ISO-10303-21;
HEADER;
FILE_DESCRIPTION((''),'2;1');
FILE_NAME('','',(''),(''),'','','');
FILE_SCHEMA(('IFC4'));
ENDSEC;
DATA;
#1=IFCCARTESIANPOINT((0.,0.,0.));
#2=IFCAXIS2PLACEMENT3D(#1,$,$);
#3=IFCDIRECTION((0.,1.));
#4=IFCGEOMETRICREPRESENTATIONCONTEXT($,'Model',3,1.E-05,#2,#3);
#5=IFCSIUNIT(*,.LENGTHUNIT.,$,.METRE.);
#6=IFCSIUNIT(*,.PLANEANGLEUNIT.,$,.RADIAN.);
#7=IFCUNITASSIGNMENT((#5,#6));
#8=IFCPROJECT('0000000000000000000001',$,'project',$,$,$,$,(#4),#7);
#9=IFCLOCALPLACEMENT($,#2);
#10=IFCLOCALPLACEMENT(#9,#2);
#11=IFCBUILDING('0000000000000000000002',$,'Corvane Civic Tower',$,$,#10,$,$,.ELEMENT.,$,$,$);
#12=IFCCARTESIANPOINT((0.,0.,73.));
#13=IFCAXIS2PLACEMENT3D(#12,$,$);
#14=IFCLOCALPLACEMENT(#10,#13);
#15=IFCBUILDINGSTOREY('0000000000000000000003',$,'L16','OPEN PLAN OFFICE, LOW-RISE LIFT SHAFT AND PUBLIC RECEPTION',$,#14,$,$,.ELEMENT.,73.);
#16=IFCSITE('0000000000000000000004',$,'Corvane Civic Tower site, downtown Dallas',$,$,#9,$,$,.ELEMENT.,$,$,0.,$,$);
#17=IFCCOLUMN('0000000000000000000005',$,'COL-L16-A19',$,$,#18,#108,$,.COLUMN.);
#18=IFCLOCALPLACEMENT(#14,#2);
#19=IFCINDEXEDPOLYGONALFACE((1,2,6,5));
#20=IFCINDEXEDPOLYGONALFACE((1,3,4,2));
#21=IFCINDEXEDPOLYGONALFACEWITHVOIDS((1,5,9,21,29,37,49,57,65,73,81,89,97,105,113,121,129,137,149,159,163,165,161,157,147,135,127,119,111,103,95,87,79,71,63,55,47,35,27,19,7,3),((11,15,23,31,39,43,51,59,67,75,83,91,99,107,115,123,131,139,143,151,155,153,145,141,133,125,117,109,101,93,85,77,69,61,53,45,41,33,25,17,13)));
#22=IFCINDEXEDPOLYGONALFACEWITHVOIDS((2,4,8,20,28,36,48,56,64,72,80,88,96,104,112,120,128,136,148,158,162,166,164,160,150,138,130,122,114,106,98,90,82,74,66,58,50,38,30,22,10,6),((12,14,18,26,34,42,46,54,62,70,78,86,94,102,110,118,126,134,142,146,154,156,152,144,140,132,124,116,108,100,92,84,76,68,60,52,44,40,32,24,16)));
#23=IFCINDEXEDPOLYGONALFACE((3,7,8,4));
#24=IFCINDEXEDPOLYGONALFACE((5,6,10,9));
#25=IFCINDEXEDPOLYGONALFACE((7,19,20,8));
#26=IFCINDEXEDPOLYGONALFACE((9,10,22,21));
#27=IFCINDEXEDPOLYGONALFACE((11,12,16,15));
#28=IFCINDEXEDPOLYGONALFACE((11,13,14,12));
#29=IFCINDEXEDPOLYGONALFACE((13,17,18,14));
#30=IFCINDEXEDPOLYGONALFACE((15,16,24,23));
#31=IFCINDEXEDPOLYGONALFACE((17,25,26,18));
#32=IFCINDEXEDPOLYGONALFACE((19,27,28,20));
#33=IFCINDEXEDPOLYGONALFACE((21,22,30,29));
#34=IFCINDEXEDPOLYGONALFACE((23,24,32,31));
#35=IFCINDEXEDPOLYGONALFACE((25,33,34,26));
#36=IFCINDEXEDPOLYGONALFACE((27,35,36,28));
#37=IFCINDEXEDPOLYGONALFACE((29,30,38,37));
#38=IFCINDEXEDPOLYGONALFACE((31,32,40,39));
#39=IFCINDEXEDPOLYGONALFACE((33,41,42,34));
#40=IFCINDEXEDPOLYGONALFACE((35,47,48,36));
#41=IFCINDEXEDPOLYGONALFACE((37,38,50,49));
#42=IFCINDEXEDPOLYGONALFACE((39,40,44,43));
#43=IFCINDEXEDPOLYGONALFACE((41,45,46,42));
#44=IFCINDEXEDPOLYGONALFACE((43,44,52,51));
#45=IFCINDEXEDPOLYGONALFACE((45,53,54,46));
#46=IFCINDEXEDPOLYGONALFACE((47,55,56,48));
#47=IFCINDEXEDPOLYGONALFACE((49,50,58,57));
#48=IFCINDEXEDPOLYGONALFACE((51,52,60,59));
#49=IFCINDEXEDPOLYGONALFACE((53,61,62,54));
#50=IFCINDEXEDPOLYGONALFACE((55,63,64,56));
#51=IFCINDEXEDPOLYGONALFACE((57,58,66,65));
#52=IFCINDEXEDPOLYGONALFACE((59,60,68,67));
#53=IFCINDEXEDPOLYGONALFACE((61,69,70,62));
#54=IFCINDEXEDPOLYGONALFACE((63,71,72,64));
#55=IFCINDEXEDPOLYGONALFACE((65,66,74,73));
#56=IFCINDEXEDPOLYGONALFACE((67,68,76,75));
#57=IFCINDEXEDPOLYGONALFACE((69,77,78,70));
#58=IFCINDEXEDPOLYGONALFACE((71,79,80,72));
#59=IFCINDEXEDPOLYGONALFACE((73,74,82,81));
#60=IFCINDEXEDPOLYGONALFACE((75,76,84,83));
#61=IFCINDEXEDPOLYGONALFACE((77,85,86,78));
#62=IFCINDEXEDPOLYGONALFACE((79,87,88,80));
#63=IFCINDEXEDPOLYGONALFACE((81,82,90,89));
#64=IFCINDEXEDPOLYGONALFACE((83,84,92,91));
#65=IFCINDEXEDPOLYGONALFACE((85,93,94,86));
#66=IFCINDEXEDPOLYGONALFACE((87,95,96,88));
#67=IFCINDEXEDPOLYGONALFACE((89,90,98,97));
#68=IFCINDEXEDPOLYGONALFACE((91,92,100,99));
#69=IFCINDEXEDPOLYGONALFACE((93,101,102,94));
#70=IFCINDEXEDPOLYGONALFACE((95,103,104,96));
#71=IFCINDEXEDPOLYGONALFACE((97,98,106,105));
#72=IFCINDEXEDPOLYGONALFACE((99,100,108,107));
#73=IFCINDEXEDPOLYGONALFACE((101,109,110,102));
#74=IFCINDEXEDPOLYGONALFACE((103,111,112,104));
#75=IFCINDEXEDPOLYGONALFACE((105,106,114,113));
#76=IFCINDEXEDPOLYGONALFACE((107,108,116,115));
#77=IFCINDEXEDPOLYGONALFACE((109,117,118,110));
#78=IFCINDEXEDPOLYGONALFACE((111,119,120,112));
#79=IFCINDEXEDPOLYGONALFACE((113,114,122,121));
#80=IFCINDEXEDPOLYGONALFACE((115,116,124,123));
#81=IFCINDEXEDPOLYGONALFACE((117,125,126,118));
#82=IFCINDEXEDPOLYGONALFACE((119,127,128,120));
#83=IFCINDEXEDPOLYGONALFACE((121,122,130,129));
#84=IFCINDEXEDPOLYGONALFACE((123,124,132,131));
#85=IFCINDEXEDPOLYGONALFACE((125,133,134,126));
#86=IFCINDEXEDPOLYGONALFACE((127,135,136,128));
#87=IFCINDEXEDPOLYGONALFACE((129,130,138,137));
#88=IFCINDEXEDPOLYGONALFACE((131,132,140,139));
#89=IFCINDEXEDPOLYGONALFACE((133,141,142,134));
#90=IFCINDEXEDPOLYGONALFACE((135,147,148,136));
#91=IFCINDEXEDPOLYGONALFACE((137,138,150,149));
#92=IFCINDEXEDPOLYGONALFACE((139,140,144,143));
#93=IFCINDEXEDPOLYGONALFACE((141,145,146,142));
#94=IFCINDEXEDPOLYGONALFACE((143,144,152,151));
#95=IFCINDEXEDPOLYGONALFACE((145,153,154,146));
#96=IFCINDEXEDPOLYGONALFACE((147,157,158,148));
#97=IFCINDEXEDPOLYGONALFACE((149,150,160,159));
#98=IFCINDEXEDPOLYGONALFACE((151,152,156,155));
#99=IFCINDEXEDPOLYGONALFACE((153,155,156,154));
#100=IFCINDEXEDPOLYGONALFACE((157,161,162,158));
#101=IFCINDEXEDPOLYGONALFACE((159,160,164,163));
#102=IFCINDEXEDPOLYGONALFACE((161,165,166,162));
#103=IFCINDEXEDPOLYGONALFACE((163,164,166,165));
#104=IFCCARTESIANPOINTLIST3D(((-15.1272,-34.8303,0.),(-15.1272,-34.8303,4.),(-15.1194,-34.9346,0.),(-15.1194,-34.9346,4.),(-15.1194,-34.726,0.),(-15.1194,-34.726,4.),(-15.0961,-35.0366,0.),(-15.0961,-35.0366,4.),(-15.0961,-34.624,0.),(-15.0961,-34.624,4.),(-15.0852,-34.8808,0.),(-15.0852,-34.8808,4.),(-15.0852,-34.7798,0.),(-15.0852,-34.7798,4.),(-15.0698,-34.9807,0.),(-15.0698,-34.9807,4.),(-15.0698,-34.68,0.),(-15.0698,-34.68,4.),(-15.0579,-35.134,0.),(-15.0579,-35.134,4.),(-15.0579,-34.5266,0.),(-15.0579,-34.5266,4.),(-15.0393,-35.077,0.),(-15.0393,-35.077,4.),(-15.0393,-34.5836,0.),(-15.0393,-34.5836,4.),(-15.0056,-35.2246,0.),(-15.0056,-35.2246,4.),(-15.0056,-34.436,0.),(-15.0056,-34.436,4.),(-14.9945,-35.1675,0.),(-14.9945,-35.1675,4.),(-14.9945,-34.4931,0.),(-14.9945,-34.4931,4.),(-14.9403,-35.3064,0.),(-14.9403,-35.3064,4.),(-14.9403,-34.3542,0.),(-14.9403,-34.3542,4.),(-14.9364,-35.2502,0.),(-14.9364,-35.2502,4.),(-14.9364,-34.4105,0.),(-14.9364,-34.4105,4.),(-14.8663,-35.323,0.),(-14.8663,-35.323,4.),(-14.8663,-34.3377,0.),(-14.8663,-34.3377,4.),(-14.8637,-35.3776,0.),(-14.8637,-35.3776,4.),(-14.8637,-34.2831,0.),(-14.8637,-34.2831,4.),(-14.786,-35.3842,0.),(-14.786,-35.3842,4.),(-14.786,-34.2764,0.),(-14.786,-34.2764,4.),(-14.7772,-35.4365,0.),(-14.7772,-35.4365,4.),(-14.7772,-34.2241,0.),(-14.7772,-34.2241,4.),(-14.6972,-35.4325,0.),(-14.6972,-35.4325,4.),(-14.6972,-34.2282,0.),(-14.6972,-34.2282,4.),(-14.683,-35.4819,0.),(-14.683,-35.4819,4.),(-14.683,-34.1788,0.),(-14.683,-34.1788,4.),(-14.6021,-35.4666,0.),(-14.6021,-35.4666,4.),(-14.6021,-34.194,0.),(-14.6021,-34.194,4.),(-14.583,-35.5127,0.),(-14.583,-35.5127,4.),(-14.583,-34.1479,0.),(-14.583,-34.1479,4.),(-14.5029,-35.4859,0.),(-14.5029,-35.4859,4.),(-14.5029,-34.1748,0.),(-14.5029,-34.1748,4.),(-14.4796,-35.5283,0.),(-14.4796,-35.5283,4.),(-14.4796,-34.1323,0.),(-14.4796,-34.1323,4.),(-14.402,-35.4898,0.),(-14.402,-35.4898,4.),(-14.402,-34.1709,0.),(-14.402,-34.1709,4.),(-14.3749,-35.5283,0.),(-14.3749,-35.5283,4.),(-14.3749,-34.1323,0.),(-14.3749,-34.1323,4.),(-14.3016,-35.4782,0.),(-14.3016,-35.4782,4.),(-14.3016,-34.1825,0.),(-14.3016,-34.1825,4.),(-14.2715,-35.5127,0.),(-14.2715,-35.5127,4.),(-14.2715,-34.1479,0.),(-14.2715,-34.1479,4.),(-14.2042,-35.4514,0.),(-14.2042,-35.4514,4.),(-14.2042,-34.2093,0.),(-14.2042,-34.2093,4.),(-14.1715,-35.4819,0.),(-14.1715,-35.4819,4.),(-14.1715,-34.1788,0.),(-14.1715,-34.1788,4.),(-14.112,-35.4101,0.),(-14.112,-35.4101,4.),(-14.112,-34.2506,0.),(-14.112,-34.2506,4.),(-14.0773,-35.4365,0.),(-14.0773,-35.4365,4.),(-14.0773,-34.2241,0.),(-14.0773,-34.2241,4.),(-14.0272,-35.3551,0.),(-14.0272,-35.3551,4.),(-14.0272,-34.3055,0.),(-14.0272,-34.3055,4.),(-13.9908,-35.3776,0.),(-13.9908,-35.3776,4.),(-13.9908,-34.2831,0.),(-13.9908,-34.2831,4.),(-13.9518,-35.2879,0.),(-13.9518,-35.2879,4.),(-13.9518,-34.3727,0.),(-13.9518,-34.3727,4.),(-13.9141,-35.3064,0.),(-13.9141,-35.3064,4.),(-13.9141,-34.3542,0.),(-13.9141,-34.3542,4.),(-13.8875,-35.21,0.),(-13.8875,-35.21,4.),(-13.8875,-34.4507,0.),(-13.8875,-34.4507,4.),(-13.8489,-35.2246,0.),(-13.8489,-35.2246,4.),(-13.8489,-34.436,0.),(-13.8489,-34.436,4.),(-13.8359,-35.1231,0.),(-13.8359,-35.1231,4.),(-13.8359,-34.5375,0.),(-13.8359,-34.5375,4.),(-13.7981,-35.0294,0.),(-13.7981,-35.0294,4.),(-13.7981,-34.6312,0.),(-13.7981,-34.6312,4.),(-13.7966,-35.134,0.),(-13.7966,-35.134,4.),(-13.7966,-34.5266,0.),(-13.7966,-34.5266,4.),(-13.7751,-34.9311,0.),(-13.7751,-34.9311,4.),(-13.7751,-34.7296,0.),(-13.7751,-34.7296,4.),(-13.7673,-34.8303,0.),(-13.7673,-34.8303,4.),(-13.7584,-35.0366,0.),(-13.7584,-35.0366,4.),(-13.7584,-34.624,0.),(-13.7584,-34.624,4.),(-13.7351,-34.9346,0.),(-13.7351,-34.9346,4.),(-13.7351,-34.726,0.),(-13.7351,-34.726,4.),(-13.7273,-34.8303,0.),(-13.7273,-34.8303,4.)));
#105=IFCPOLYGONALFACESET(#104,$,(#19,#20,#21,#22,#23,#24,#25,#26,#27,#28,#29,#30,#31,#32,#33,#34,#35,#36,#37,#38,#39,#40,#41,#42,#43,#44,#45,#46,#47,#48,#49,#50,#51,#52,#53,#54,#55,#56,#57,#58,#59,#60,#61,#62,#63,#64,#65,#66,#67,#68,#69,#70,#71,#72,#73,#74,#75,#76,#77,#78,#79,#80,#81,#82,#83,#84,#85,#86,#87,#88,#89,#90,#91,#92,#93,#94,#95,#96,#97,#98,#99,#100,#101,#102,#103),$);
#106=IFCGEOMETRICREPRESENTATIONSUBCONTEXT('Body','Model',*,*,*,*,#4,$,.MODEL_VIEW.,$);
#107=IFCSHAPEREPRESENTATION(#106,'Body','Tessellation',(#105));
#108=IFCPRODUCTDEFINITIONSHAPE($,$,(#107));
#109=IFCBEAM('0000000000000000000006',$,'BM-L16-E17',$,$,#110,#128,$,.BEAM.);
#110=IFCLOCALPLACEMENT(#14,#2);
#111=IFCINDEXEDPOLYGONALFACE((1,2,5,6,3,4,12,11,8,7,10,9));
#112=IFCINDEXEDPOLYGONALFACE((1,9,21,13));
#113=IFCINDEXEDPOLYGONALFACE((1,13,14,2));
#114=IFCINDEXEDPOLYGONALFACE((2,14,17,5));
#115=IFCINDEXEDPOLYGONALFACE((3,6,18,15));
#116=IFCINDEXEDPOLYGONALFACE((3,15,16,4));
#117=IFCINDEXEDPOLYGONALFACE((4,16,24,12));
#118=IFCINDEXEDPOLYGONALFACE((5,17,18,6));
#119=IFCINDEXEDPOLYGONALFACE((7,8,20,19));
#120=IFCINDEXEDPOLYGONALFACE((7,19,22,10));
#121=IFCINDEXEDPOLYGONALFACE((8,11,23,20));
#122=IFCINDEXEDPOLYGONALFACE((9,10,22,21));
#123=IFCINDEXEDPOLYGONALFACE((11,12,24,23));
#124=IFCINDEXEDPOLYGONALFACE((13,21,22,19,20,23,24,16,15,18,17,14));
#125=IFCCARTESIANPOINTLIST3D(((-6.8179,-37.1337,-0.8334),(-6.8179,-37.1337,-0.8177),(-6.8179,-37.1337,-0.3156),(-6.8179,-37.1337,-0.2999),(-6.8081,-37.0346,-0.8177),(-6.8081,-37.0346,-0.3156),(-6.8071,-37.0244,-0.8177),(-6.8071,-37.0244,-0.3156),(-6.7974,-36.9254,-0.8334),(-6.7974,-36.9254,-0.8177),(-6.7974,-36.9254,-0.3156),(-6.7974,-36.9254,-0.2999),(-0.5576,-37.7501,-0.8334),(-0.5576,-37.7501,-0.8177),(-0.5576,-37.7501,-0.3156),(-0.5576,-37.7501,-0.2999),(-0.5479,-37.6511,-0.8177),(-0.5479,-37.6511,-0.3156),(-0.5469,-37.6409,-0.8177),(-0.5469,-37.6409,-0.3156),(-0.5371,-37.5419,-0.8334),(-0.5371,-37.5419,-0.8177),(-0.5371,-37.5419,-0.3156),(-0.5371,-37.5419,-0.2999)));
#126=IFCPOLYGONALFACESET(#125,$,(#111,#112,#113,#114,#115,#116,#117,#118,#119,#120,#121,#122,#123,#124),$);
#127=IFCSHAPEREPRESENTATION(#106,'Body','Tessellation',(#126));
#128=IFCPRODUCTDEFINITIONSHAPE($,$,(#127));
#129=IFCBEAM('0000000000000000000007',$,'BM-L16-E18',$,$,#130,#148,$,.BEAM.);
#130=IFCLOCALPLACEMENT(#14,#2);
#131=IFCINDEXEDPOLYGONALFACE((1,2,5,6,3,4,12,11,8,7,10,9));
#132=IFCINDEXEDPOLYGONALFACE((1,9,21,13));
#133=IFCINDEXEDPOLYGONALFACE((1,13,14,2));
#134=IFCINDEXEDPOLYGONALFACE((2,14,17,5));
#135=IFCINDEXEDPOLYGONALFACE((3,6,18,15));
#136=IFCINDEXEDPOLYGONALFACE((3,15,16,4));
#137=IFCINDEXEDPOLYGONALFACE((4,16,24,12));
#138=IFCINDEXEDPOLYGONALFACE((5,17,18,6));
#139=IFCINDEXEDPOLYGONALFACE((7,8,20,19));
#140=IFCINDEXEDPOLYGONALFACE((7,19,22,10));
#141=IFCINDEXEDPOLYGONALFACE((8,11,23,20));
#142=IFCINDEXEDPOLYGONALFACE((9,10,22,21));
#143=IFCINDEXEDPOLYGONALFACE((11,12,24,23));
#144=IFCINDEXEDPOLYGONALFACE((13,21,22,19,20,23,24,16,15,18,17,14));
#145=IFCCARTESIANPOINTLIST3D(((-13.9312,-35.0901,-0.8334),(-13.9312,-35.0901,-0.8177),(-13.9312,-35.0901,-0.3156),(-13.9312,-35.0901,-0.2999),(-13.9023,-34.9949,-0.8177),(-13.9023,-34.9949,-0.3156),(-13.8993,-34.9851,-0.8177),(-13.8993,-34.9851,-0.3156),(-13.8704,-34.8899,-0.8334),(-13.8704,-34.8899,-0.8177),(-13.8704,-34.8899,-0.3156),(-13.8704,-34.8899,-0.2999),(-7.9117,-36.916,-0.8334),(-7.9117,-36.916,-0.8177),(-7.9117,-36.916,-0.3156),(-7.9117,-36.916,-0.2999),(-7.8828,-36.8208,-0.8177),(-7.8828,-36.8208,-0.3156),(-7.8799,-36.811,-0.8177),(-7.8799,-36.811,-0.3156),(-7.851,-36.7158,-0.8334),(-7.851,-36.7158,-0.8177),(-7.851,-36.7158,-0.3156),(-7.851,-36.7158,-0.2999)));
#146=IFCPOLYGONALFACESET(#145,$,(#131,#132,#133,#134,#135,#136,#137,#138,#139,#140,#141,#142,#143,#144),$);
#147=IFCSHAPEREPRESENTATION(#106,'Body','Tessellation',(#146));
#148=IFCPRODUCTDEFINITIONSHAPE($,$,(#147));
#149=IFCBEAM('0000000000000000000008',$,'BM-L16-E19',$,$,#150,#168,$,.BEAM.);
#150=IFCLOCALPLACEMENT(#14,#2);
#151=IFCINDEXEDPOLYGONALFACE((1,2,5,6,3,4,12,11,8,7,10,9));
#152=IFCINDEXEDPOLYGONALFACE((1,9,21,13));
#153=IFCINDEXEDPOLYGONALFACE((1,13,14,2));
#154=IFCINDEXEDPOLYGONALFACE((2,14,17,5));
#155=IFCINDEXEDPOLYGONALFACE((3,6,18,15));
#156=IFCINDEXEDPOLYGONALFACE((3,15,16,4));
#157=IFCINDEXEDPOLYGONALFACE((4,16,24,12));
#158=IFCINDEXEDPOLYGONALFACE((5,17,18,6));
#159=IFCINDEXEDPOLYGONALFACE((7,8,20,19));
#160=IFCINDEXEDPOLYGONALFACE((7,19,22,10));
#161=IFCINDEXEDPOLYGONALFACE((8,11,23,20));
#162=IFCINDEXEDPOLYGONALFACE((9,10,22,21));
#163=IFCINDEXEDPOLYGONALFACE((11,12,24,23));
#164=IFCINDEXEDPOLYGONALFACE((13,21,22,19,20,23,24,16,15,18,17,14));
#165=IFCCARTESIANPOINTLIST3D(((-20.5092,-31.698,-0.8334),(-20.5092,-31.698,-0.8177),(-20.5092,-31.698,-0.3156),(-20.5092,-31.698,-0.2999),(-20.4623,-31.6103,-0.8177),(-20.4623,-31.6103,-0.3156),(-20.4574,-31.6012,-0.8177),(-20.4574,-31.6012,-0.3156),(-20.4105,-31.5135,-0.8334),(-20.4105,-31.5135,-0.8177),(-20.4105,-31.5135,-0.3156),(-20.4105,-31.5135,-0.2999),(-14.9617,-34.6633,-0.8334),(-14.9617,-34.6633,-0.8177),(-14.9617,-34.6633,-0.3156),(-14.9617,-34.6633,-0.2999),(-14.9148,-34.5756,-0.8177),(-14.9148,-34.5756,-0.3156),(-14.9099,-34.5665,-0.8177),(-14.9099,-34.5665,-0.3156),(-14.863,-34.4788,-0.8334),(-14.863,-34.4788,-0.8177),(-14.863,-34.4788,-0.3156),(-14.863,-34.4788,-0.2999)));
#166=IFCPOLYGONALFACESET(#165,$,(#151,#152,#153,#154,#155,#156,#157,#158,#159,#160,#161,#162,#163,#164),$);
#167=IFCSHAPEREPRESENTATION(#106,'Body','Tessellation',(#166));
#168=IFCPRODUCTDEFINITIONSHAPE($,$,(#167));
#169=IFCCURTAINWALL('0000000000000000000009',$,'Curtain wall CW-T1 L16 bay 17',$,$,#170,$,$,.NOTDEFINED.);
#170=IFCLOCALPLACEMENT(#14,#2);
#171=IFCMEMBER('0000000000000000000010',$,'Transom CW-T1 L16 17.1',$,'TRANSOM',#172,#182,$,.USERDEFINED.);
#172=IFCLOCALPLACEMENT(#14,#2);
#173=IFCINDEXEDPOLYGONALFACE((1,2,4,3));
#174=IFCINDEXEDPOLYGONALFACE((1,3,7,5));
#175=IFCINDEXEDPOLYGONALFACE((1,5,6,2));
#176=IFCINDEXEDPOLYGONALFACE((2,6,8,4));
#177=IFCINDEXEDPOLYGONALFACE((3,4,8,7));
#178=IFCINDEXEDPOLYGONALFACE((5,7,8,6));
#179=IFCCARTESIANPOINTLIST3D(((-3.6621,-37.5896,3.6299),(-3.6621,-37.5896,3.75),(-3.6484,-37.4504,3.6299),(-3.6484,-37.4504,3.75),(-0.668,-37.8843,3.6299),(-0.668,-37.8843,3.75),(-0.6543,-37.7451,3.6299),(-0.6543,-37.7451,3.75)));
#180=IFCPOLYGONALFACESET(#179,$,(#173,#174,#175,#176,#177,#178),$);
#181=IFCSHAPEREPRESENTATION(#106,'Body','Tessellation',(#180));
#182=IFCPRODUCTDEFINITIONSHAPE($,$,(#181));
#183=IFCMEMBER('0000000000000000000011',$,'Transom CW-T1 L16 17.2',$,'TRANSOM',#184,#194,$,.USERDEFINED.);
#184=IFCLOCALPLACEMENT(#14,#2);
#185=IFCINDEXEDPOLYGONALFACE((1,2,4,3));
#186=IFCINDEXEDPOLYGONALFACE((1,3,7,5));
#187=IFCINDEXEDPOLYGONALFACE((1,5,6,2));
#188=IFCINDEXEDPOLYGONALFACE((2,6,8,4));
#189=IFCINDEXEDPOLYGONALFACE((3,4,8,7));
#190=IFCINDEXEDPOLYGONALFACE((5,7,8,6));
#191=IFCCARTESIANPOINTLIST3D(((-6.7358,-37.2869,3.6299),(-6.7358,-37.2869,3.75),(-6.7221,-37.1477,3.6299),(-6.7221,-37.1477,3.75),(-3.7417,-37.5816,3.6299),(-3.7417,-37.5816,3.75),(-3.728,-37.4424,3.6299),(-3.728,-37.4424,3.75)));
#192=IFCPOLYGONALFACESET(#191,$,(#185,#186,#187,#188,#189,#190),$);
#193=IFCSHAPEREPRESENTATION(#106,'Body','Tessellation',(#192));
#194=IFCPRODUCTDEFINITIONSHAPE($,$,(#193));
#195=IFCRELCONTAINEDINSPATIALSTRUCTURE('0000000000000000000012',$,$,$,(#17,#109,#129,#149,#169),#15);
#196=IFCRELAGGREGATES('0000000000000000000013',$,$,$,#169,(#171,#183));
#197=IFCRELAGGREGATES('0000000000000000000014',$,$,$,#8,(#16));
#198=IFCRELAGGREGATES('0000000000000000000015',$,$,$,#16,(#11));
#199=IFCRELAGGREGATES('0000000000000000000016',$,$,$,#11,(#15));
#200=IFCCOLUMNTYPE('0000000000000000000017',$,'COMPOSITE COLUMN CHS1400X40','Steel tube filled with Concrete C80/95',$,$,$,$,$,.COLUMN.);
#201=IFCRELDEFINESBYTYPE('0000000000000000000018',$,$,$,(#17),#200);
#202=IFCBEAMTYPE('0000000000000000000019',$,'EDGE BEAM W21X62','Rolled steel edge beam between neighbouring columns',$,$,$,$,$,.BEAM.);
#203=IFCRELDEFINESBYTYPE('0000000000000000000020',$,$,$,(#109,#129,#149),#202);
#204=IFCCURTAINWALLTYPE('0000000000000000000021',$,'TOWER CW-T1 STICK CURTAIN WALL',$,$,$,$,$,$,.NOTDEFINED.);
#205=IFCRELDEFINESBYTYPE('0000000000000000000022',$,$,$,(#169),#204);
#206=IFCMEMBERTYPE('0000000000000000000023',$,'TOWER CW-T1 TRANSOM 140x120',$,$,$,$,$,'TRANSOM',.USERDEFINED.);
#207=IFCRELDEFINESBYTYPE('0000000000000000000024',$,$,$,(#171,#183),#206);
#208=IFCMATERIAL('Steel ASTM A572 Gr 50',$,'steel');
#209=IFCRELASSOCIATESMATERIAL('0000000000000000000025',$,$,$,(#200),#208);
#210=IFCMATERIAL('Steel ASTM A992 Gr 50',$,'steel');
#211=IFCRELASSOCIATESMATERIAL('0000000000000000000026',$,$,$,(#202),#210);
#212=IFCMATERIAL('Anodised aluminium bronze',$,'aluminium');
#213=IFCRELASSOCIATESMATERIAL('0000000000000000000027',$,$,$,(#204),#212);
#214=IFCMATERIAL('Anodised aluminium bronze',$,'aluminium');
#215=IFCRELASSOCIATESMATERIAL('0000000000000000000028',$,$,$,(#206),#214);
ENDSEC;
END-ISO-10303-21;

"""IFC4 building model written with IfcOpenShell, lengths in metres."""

from ifc_helpers import new_model, si_unit, direction, frame, origin, origin_2d, place, context, subcontext, project, spatial, rectangle, hollow_circle, i_section, extrude, material, material_profile, profile_set, type_object, element, aggregate, save


model = new_model("IFC4")

# Units and contexts
model_context = context("Model", 3, precision=1e-05, world=origin(), true_north=direction((0.0, 1.0)))
body_context = subcontext(model_context, "Body", "Model", "MODEL_VIEW")
ifc_project = project(units=[si_unit("LENGTHUNIT", "METRE"), si_unit("PLANEANGLEUNIT", "RADIAN")], contexts=[model_context])

# Site, building, storey
site_placement = place(None, origin())
site = spatial("IfcSite", under=ifc_project, at=site_placement, Name="Corvane Civic Tower site, downtown Dallas", CompositionType="ELEMENT", RefElevation=0.0)
building_placement = place(site_placement, origin())
building = spatial("IfcBuilding", under=site, at=building_placement, Name="Corvane Civic Tower", CompositionType="ELEMENT")
storey_placement = place(building_placement, frame((0.0, 0.0, 73.0)))
storey = spatial("IfcBuildingStorey", under=building, at=storey_placement, Name="L16", Description="OPEN PLAN OFFICE, LOW-RISE LIFT SHAFT AND PUBLIC RECEPTION", CompositionType="ELEMENT", Elevation=73.0)

# Column
ifc_material_1 = material(Name="Steel ASTM A572 Gr 50", Category="steel")
ifc_material_profile_1 = material_profile(ifc_material_1, hollow_circle(Radius=0.7, WallThickness=0.04, at=origin_2d()), Name="CHS1400X40")
ifc_profile_set_1 = profile_set([ifc_material_profile_1], Name="Steel ASTM A572 Gr 50")
column_type = type_object("IfcColumnType", Name="COMPOSITE COLUMN CHS1400X40", Description="Steel tube filled with Concrete C80/95", PredefinedType="COLUMN", material=ifc_profile_set_1)
for number, where, z_axis, x_axis, name in (
    (1, (-14.4272, -34.8303, 0.0), (0.0, 0.0, 1.0), (1.0, 0.0, 0.0), "COL-L16-A19"),
):
    element("IfcColumn", number, at=place(storey_placement, frame(where, z_axis=z_axis, x_axis=x_axis)), inside=storey, type_object=column_type, Name=name, PredefinedType="COLUMN", context=body_context, shape_type="SweptSolid", body=[
        extrude(hollow_circle(Radius=0.7, WallThickness=0.04, at=origin_2d()), origin(), (0.0, 0.0, 1.0), 4.0),
    ])

# Beams
ifc_material_2 = material(Name="Steel ASTM A992 Gr 50", Category="steel")
ifc_material_profile_2 = material_profile(ifc_material_2, i_section(OverallWidth=0.2092, OverallDepth=0.5334, WebThickness=0.0103, FlangeThickness=0.0156, at=origin_2d()), Name="W21X62")
ifc_profile_set_2 = profile_set([ifc_material_profile_2], Name="Steel ASTM A992 Gr 50")
beam_type = type_object("IfcBeamType", Name="EDGE BEAM W21X62", Description="Rolled steel edge beam between neighbouring columns", PredefinedType="BEAM", material=ifc_profile_set_2)
beam_placement = place(storey_placement, frame((-0.5474, -37.646, -0.5667), z_axis=(-0.995187, 0.097997, 0.0), x_axis=(-0.097997, -0.995187, 0.0)))
element("IfcBeam", 2, at=beam_placement, inside=storey, type_object=beam_type, Name="BM-L16-E17", PredefinedType="BEAM", context=body_context, shape_type="SweptSolid", body=[
    extrude(i_section(OverallWidth=0.2092, OverallDepth=0.5334, WebThickness=0.0103, FlangeThickness=0.0156, at=origin_2d()), origin(), (0.0, 0.0, 1.0), 6.2905),
])
for number, where, z_axis, x_axis, name in (
    (3, (-7.8813, -36.8159, -0.5667), (-0.956944, 0.290273, 0.0), (-0.290273, -0.956944, 0.0), "BM-L16-E18"),
    (4, (-14.9124, -34.571, -0.5667), (-0.881916, 0.471406, 0.0), (-0.471406, -0.881916, 0.0), "BM-L16-E19"),
):
    element("IfcBeam", number, at=place(storey_placement, frame(where, z_axis=z_axis, x_axis=x_axis)), inside=storey, type_object=beam_type, Name=name, PredefinedType="BEAM", context=body_context, shape_type="SweptSolid", body=[
        extrude(i_section(OverallWidth=0.2092, OverallDepth=0.5334, WebThickness=0.0103, FlangeThickness=0.0156, at=origin_2d()), origin(), (0.0, 0.0, 1.0), 6.2903),
    ])

# Curtain wall, members
ifc_material_3 = material(Name="Anodised aluminium bronze", Category="aluminium")
curtain_wall_type = type_object("IfcCurtainWallType", Name="TOWER CW-T1 STICK CURTAIN WALL", PredefinedType="NOTDEFINED", material=ifc_material_3)
curtain_wall_1_placement = place(storey_placement, origin())
curtain_wall_1 = element("IfcCurtainWall", 5, at=curtain_wall_1_placement, inside=storey, type_object=curtain_wall_type, Name="Curtain wall CW-T1 L16 bay 17", PredefinedType="NOTDEFINED")
ifc_material_4 = material(Name="Anodised aluminium bronze", Category="aluminium")
ifc_material_profile_3 = material_profile(ifc_material_4, rectangle(XDim=0.1399, YDim=0.1201, at=origin_2d()), Name="TOWER CW-T1 TRANSOM 140x120")
ifc_profile_set_3 = profile_set([ifc_material_profile_3], Name="Anodised aluminium bronze")
member_type_1 = type_object("IfcMemberType", Name="TOWER CW-T1 TRANSOM 140x120", ElementType="TRANSOM", PredefinedType="USERDEFINED", material=ifc_profile_set_3)
member_1_placement = place(storey_placement, frame((-0.6611, -37.8147, 3.6899), z_axis=(-0.995192, 0.097945, 0.0), x_axis=(-0.097945, -0.995192, 0.0)))
member_1 = element("IfcMember", 6, at=member_1_placement, type_object=member_type_1, Name="Transom CW-T1 L16 17.1", ObjectType="TRANSOM", PredefinedType="USERDEFINED", context=body_context, shape_type="SweptSolid", body=[
    extrude(rectangle(XDim=0.1399, YDim=0.1201, at=origin_2d()), origin(), (0.0, 0.0, 1.0), 3.0085),
])
member_2_placement = place(storey_placement, frame((-3.7349, -37.512, 3.6899), z_axis=(-0.995192, 0.097945, 0.0), x_axis=(-0.097945, -0.995192, 0.0)))
member_2 = element("IfcMember", 7, at=member_2_placement, type_object=member_type_1, Name="Transom CW-T1 L16 17.2", ObjectType="TRANSOM", PredefinedType="USERDEFINED", context=body_context, shape_type="SweptSolid", body=[
    extrude(rectangle(XDim=0.1399, YDim=0.1201, at=origin_2d()), origin(), (0.0, 0.0, 1.0), 3.0085),
])

aggregate(curtain_wall_1, [member_1, member_2])

save(model, "model.ifc")
